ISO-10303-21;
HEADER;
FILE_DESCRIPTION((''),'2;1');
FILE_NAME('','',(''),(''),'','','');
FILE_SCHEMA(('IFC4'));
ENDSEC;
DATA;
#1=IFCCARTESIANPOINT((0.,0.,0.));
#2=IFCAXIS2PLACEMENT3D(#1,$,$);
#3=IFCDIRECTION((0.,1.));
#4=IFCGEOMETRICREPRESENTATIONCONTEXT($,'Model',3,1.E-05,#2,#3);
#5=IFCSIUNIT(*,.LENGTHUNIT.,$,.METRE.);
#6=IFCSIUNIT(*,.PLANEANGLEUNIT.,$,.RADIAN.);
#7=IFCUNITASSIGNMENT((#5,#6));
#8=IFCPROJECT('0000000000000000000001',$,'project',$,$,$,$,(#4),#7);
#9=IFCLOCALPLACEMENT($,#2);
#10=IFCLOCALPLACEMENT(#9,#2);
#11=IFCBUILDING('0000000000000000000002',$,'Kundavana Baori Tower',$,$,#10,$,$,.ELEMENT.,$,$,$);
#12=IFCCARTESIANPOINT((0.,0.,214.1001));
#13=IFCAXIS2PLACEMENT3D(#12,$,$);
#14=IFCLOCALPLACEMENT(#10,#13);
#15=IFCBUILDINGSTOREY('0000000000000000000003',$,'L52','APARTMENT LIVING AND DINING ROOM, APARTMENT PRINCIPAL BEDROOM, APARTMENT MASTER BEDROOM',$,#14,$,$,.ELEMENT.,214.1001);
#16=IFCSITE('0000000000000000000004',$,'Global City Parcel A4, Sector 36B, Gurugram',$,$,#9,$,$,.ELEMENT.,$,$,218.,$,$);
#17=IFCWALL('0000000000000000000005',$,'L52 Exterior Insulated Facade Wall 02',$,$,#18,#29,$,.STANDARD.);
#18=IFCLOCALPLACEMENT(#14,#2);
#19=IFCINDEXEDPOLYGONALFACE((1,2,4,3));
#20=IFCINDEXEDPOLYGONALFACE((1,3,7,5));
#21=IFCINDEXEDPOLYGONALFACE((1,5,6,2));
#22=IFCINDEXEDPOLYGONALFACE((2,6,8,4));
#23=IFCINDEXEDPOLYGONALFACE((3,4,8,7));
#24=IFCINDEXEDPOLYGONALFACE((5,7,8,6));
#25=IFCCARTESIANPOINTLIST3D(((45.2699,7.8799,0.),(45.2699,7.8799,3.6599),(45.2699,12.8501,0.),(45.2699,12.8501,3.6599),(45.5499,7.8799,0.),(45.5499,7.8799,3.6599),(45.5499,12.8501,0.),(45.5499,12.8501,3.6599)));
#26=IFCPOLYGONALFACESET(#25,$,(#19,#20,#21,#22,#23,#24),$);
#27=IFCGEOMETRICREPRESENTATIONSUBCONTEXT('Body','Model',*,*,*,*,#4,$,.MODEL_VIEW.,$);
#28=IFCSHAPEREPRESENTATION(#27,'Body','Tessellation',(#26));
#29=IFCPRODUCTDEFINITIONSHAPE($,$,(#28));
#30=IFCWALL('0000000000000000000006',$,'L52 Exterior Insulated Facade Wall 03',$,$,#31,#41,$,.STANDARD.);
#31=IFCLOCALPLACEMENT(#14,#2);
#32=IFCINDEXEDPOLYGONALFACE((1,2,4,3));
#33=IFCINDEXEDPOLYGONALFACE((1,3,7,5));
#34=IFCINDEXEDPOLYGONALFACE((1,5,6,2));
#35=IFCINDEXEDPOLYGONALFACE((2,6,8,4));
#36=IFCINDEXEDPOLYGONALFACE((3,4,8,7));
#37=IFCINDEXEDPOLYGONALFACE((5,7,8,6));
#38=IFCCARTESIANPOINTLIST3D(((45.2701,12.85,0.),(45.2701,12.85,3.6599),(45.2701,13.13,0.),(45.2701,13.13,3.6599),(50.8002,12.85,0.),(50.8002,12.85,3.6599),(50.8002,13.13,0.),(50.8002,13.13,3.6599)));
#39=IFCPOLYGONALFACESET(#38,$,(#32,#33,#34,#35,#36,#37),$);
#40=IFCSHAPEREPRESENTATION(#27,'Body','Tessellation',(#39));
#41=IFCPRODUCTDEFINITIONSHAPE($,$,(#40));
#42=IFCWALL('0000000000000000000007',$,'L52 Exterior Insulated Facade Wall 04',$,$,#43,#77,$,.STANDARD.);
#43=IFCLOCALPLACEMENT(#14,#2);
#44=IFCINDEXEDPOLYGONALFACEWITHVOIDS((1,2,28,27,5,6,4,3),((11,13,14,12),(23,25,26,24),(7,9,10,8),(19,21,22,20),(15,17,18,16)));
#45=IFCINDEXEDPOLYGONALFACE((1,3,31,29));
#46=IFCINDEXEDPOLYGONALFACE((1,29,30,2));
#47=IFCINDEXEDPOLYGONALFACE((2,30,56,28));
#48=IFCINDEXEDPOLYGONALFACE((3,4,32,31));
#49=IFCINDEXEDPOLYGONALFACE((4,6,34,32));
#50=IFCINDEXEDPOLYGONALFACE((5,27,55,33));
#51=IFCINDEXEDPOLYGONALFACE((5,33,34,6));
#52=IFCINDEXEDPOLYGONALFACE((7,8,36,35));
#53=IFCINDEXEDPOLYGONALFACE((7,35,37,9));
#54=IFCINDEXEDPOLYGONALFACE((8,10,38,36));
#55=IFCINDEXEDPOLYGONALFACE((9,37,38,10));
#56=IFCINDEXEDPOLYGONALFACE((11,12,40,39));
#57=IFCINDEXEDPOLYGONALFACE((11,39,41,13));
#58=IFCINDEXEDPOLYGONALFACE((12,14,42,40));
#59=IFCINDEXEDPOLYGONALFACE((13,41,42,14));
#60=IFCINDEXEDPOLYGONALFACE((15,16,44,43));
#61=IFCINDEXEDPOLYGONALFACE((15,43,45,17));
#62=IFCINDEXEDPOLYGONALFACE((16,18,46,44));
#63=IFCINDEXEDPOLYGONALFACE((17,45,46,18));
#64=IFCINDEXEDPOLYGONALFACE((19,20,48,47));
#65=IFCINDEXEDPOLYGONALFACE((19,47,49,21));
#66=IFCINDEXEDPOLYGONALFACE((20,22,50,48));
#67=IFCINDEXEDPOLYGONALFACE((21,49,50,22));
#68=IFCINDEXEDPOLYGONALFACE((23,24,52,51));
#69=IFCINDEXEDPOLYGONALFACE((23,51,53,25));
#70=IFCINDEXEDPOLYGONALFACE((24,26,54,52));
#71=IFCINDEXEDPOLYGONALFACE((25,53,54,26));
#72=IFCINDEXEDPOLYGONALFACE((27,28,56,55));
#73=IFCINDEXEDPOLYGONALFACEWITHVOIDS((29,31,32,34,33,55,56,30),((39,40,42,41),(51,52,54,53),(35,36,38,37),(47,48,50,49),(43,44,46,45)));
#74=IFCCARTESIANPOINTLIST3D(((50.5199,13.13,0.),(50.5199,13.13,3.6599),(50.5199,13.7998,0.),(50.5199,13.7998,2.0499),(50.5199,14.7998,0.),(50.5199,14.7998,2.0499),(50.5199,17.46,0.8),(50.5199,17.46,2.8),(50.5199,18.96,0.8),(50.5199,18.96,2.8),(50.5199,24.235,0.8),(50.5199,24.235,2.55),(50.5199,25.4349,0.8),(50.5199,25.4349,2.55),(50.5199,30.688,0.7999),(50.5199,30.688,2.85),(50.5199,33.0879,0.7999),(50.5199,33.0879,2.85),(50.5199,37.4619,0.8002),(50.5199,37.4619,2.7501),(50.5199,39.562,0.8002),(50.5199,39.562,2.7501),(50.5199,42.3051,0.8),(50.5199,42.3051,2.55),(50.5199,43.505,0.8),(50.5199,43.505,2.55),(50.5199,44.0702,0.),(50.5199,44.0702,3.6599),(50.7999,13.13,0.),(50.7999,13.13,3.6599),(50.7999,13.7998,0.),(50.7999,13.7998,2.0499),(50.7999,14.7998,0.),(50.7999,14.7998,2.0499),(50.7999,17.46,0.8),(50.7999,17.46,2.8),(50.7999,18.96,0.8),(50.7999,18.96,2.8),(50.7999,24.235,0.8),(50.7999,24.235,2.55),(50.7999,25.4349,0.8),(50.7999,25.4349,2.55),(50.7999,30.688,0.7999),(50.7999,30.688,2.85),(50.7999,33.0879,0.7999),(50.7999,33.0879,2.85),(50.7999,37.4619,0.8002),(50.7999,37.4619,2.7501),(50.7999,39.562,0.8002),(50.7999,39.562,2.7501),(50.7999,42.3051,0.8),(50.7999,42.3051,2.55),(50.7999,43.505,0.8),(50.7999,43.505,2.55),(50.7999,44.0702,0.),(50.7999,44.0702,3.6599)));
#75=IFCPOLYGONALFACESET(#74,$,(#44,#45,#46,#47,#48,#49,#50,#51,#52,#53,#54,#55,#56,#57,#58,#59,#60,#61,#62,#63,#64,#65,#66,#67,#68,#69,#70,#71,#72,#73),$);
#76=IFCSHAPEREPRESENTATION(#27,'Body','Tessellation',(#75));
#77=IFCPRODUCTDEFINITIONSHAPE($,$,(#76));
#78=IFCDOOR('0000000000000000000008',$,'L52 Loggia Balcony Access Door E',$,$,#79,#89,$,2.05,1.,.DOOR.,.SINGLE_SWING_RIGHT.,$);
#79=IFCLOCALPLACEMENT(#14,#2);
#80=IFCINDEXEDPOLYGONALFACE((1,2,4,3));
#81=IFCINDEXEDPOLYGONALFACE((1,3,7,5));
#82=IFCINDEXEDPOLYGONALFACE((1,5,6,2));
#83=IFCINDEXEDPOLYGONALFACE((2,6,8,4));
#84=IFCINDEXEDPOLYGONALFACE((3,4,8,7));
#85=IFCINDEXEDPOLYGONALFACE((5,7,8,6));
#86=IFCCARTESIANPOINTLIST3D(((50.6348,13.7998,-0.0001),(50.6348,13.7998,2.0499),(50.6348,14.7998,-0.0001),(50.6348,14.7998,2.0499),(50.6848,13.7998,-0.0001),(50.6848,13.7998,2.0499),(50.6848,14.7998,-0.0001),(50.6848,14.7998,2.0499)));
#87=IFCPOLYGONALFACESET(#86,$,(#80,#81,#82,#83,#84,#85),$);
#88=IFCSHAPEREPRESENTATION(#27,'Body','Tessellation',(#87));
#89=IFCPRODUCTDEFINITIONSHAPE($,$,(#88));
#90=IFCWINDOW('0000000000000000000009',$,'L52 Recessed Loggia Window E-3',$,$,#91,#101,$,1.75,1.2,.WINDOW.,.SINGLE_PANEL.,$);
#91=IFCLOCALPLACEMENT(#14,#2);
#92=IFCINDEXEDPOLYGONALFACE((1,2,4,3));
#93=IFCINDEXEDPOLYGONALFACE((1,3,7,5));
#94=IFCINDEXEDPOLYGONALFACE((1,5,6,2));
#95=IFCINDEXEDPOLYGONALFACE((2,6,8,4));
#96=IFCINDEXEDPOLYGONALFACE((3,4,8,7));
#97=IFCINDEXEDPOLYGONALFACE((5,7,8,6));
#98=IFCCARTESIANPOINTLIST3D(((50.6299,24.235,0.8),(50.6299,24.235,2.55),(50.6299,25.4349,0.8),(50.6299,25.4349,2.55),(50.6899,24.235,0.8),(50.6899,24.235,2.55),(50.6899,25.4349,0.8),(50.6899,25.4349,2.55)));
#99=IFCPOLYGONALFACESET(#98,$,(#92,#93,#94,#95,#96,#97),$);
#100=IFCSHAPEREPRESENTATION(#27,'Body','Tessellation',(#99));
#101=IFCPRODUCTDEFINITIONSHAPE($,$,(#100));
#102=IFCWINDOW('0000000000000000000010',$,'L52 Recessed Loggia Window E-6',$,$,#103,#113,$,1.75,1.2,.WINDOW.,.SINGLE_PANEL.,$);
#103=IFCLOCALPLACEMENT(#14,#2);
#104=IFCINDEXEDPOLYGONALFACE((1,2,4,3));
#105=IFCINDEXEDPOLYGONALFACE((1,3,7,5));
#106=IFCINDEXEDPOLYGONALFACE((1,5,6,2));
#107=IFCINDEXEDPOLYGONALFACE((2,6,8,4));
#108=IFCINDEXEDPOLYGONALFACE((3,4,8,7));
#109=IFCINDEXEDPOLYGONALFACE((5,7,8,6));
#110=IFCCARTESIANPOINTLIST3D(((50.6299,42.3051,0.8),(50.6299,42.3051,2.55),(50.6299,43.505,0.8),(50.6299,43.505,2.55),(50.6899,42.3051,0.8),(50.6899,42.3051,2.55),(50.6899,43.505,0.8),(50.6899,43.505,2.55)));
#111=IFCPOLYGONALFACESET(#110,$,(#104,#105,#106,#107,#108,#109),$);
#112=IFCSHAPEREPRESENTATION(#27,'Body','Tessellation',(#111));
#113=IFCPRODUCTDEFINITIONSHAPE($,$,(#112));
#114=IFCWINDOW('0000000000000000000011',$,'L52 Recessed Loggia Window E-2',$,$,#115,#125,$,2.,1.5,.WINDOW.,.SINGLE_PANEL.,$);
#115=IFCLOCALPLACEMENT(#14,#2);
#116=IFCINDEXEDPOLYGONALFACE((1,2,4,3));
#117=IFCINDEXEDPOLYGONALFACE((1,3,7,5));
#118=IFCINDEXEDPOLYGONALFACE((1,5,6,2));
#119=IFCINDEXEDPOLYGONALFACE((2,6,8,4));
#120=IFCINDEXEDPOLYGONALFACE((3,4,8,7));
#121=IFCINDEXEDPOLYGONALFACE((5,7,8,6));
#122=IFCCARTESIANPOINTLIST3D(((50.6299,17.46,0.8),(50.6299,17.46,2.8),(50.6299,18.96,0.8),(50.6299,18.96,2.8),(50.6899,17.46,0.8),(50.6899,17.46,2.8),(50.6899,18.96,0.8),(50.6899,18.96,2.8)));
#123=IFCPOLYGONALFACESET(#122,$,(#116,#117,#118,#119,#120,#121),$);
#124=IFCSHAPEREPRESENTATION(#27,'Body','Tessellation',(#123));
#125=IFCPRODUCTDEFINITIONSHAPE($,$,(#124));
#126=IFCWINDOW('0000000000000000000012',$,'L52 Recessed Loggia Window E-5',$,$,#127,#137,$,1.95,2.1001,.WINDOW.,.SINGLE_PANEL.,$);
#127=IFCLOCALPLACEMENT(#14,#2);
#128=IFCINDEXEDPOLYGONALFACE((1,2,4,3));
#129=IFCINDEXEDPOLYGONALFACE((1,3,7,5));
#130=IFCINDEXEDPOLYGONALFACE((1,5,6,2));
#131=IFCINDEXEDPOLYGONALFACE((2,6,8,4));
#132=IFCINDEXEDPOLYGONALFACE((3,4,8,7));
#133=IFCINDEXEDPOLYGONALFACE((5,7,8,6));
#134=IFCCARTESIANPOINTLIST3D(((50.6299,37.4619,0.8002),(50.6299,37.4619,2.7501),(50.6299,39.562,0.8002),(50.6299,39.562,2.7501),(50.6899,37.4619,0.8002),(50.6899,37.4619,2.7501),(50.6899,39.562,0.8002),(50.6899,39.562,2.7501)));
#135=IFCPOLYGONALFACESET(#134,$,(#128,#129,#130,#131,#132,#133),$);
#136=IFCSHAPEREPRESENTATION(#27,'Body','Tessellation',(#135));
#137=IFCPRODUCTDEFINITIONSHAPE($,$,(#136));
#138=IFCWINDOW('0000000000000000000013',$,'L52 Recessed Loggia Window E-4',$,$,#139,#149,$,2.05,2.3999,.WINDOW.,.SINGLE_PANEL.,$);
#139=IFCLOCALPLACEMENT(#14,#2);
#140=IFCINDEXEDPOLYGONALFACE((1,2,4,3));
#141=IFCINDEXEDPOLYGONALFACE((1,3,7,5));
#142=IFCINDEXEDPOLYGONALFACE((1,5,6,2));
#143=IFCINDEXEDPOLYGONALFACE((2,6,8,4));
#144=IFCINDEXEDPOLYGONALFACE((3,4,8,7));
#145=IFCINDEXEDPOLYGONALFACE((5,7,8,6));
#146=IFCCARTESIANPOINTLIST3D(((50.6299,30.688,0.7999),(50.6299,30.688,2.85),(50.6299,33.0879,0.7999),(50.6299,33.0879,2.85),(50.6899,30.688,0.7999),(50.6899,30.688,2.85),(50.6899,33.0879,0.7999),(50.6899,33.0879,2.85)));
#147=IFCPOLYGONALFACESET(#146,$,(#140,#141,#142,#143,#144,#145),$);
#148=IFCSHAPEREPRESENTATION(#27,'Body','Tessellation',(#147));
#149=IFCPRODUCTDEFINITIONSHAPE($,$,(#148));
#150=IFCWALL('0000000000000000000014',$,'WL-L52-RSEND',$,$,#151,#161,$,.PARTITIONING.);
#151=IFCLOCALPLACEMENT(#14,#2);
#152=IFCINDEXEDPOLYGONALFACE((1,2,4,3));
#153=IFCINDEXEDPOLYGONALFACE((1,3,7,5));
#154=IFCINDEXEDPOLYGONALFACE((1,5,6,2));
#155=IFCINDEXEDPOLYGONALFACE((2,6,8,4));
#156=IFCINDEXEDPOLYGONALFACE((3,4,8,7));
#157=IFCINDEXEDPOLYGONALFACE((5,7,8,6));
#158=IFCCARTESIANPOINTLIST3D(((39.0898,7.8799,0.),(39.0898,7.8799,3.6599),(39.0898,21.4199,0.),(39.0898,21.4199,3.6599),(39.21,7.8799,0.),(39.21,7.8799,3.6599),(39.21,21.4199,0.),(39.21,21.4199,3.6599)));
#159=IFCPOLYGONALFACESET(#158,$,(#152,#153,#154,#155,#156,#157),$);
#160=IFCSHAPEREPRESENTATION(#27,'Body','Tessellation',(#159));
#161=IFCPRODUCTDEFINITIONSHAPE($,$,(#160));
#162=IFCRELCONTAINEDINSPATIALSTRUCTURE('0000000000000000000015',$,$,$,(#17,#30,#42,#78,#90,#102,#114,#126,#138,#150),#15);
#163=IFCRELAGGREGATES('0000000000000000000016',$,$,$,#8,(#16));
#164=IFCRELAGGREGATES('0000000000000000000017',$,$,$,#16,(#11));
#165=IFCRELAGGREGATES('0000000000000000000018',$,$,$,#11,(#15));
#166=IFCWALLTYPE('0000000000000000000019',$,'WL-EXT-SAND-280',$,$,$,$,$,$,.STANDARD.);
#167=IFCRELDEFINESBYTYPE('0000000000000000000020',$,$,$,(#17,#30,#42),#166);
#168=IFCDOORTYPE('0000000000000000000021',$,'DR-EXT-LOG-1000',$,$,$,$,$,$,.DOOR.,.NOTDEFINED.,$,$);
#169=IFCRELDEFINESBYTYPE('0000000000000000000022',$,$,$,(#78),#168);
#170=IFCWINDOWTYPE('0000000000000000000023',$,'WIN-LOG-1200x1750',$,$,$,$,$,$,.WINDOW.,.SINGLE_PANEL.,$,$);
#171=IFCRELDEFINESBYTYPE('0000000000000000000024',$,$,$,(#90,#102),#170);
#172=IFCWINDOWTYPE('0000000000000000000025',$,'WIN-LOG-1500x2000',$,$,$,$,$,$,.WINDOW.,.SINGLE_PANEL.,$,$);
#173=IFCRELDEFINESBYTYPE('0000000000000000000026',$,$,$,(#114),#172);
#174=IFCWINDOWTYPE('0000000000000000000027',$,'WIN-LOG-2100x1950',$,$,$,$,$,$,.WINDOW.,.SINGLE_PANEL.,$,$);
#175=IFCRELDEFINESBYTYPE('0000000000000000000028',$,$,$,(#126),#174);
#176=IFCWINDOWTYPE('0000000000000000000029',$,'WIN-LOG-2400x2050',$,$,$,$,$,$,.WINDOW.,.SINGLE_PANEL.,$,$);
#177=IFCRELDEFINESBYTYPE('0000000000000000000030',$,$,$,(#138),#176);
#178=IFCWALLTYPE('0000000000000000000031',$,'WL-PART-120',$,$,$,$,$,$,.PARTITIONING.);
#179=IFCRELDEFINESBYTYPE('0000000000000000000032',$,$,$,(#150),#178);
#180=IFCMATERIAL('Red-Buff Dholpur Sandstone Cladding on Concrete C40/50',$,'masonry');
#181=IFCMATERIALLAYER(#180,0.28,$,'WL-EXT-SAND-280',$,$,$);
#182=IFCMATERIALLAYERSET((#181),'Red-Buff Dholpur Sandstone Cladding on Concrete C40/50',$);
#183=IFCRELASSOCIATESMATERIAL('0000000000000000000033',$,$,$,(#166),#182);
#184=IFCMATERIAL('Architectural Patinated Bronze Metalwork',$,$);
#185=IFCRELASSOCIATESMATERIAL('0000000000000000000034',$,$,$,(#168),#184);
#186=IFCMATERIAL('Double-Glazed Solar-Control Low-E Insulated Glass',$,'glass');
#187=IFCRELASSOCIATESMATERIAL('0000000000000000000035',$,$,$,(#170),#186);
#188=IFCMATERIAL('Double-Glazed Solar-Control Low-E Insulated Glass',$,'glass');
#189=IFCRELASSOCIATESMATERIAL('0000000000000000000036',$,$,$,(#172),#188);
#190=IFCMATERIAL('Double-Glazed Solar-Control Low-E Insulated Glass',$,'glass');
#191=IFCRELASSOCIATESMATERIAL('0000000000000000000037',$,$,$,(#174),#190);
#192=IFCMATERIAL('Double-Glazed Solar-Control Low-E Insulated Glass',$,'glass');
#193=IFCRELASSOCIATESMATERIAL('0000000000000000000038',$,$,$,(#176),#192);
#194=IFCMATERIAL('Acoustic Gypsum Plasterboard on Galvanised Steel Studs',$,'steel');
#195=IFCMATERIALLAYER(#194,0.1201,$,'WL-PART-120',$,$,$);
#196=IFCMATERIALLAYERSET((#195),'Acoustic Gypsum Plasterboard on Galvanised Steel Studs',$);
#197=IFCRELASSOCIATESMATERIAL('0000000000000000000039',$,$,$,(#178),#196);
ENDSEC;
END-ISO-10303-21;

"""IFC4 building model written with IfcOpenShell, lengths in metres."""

from ifc_helpers import new_model, si_unit, direction, frame, frame_2d, origin, place, context, subcontext, project, spatial, rectangle, extrude, material, layer, layer_set, type_object, element, fill, save


model = new_model("IFC4")

# Units and contexts
model_context = context("Model", 3, precision=1e-05, world=origin(), true_north=direction((0.0, 1.0)))
body_context = subcontext(model_context, "Body", "Model", "MODEL_VIEW")
ifc_project = project(units=[si_unit("LENGTHUNIT", "METRE"), si_unit("PLANEANGLEUNIT", "RADIAN")], contexts=[model_context])

# Site, building, storey
site_placement = place(None, origin())
site = spatial("IfcSite", under=ifc_project, at=site_placement, Name="Global City Parcel A4, Sector 36B, Gurugram", CompositionType="ELEMENT", RefElevation=218.0)
building_placement = place(site_placement, origin())
building = spatial("IfcBuilding", under=site, at=building_placement, Name="Kundavana Baori Tower", CompositionType="ELEMENT")
storey_placement = place(building_placement, frame((0.0, 0.0, 214.1001)))
storey = spatial("IfcBuildingStorey", under=building, at=storey_placement, Name="L52", Description="APARTMENT LIVING AND DINING ROOM, APARTMENT PRINCIPAL BEDROOM, APARTMENT MASTER BEDROOM", CompositionType="ELEMENT", Elevation=214.1001)

# Walls
ifc_material_1 = material(Name="Red-Buff Dholpur Sandstone Cladding on Concrete C40/50", Category="masonry")
ifc_layer_1 = layer(ifc_material_1, 0.28, Name="WL-EXT-SAND-280")
ifc_layer_set_1 = layer_set([ifc_layer_1], Name="Red-Buff Dholpur Sandstone Cladding on Concrete C40/50")
wall_type_1 = type_object("IfcWallType", Name="WL-EXT-SAND-280", PredefinedType="STANDARD", material=ifc_layer_set_1)
wall_1_placement = place(storey_placement, frame((45.4099, 7.8799, 0.0), z_axis=(0.0, 0.0, 1.0), x_axis=(0.0, 1.0, 0.0)))
element("IfcWall", 1, at=wall_1_placement, inside=storey, type_object=wall_type_1, Name="L52 Exterior Insulated Facade Wall 02", PredefinedType="STANDARD", context=body_context, shape_type="SweptSolid", body=[
    extrude(rectangle(XDim=4.9702, YDim=0.28, at=frame_2d((2.4851, 0.0))), origin(), (0.0, 0.0, 1.0), 3.6599),
])
wall_2_placement = place(storey_placement, frame((45.27, 12.99, 0.0), z_axis=(0.0, 0.0, 1.0), x_axis=(1.0, 0.0, 0.0)))
element("IfcWall", 2, at=wall_2_placement, inside=storey, type_object=wall_type_1, Name="L52 Exterior Insulated Facade Wall 03", PredefinedType="STANDARD", context=body_context, shape_type="SweptSolid", body=[
    extrude(rectangle(XDim=5.53, YDim=0.28, at=frame_2d((2.7651, 0.0))), origin(), (0.0, 0.0, 1.0), 3.6599),
])

# Wall, openings, door, windows
wall_3_placement = place(storey_placement, frame((50.6599, 13.1299, 0.0), z_axis=(0.0, 0.0, 1.0), x_axis=(0.0, 1.0, 0.0)))
wall_3 = element("IfcWall", 3, at=wall_3_placement, inside=storey, type_object=wall_type_1, Name="L52 Exterior Insulated Facade Wall 04", PredefinedType="STANDARD", context=body_context, shape_type="SweptSolid", body=[
    extrude(rectangle(XDim=30.9402, YDim=0.28, at=frame_2d((15.4702, 0.0))), origin(), (0.0, 0.0, 1.0), 3.6599),
])
opening_1_placement = place(wall_3_placement, frame((0.6699, 0.0, 0.0)))
opening_1 = element("IfcOpeningElement", 4, at=opening_1_placement, cuts=wall_3, PredefinedType="OPENING", context=body_context, shape_type="SweptSolid", body=[
    extrude(rectangle(XDim=1.0, YDim=2.05, at=frame_2d((0.5, 1.0249))), frame((0.0, 0.1499, 0.0), z_axis=(0.0, -1.0, 0.0), x_axis=(1.0, 0.0, 0.0)), (0.0, 0.0, 1.0), 0.3),
])
opening_2_placement = place(wall_3_placement, frame((4.3301, 0.0, 0.8)))
opening_2 = element("IfcOpeningElement", 5, at=opening_2_placement, cuts=wall_3, PredefinedType="OPENING", context=body_context, shape_type="SweptSolid", body=[
    extrude(rectangle(XDim=1.5, YDim=2.0, at=frame_2d((0.75, 1.0))), frame((0.0, 0.1499, 0.0), z_axis=(0.0, -1.0, 0.0), x_axis=(1.0, 0.0, 0.0)), (0.0, 0.0, 1.0), 0.3),
])
opening_3_placement = place(wall_3_placement, frame((11.105, 0.0, 0.8)))
opening_3 = element("IfcOpeningElement", 6, at=opening_3_placement, cuts=wall_3, PredefinedType="OPENING", context=body_context, shape_type="SweptSolid", body=[
    extrude(rectangle(XDim=1.2, YDim=1.75, at=frame_2d((0.6001, 0.875))), frame((0.0, 0.1499, 0.0), z_axis=(0.0, -1.0, 0.0), x_axis=(1.0, 0.0, 0.0)), (0.0, 0.0, 1.0), 0.3),
])
opening_4_placement = place(wall_3_placement, frame((17.5581, 0.0, 0.8)))
opening_4 = element("IfcOpeningElement", 7, at=opening_4_placement, cuts=wall_3, PredefinedType="OPENING", context=body_context, shape_type="SweptSolid", body=[
    extrude(rectangle(XDim=2.3999, YDim=2.05, at=frame_2d((1.2, 1.0249))), frame((0.0, 0.1499, 0.0), z_axis=(0.0, -1.0, 0.0), x_axis=(1.0, 0.0, 0.0)), (0.0, 0.0, 1.0), 0.3),
])
opening_5_placement = place(wall_3_placement, frame((24.332, 0.0, 0.8)))
opening_5 = element("IfcOpeningElement", 8, at=opening_5_placement, cuts=wall_3, PredefinedType="OPENING", context=body_context, shape_type="SweptSolid", body=[
    extrude(rectangle(XDim=2.1001, YDim=1.95, at=frame_2d((1.05, 0.9751))), frame((0.0, 0.1499, 0.0), z_axis=(0.0, -1.0, 0.0), x_axis=(1.0, 0.0, 0.0)), (0.0, 0.0, 1.0), 0.3),
])
opening_6_placement = place(wall_3_placement, frame((29.175, 0.0, 0.8)))
opening_6 = element("IfcOpeningElement", 9, at=opening_6_placement, cuts=wall_3, PredefinedType="OPENING", context=body_context, shape_type="SweptSolid", body=[
    extrude(rectangle(XDim=1.2, YDim=1.75, at=frame_2d((0.6001, 0.875))), frame((0.0, 0.1499, 0.0), z_axis=(0.0, -1.0, 0.0), x_axis=(1.0, 0.0, 0.0)), (0.0, 0.0, 1.0), 0.3),
])
ifc_material_2 = material(Name="Architectural Patinated Bronze Metalwork")
door_type_1 = type_object("IfcDoorType", Name="DR-EXT-LOG-1000", OperationType="NOTDEFINED", PredefinedType="DOOR", material=ifc_material_2)
door_1_placement = place(opening_1_placement, frame((1.0, 0.0, 0.0), z_axis=(0.0, 0.0, 1.0), x_axis=(-1.0, 0.0, 0.0)))
door_1 = element("IfcDoor", 10, at=door_1_placement, inside=storey, type_object=door_type_1, Name="L52 Loggia Balcony Access Door E", OperationType="SINGLE_SWING_RIGHT", OverallHeight=2.05, OverallWidth=1.0, PredefinedType="DOOR", context=body_context, shape_type="SweptSolid", body=[
    extrude(rectangle(XDim=1.0, YDim=2.05, at=frame_2d((0.5, 1.0249))), frame((0.0, 0.0249, 0.0), z_axis=(0.0, -1.0, 0.0), x_axis=(1.0, 0.0, 0.0)), (0.0, 0.0, 1.0), 0.05),
])
fill(opening_1, door_1)
ifc_material_3 = material(Name="Double-Glazed Solar-Control Low-E Insulated Glass", Category="glass")
window_type_1 = type_object("IfcWindowType", Name="WIN-LOG-1200x1750", PartitioningType="SINGLE_PANEL", PredefinedType="WINDOW", material=ifc_material_3)
window_1_placement = place(opening_3_placement, origin())
window_1 = element("IfcWindow", 11, at=window_1_placement, inside=storey, type_object=window_type_1, Name="L52 Recessed Loggia Window E-3", OverallHeight=1.75, OverallWidth=1.2, PartitioningType="SINGLE_PANEL", PredefinedType="WINDOW", context=body_context, shape_type="SweptSolid", body=[
    extrude(rectangle(XDim=1.2, YDim=1.75, at=frame_2d((0.6001, 0.875))), frame((0.0, 0.03, 0.0), z_axis=(0.0, -1.0, 0.0), x_axis=(1.0, 0.0, 0.0)), (0.0, 0.0, 1.0), 0.0601),
])
fill(opening_3, window_1)
window_2_placement = place(opening_6_placement, origin())
window_2 = element("IfcWindow", 12, at=window_2_placement, inside=storey, type_object=window_type_1, Name="L52 Recessed Loggia Window E-6", OverallHeight=1.75, OverallWidth=1.2, PartitioningType="SINGLE_PANEL", PredefinedType="WINDOW", context=body_context, shape_type="SweptSolid", body=[
    extrude(rectangle(XDim=1.2, YDim=1.75, at=frame_2d((0.6001, 0.875))), frame((0.0, 0.03, 0.0), z_axis=(0.0, -1.0, 0.0), x_axis=(1.0, 0.0, 0.0)), (0.0, 0.0, 1.0), 0.0601),
])
fill(opening_6, window_2)
ifc_material_4 = material(Name="Double-Glazed Solar-Control Low-E Insulated Glass", Category="glass")
window_type_2 = type_object("IfcWindowType", Name="WIN-LOG-1500x2000", PartitioningType="SINGLE_PANEL", PredefinedType="WINDOW", material=ifc_material_4)
window_3_placement = place(opening_2_placement, origin())
window_3 = element("IfcWindow", 13, at=window_3_placement, inside=storey, type_object=window_type_2, Name="L52 Recessed Loggia Window E-2", OverallHeight=2.0, OverallWidth=1.5, PartitioningType="SINGLE_PANEL", PredefinedType="WINDOW", context=body_context, shape_type="SweptSolid", body=[
    extrude(rectangle(XDim=1.5, YDim=2.0, at=frame_2d((0.75, 1.0))), frame((0.0, 0.03, 0.0), z_axis=(0.0, -1.0, 0.0), x_axis=(1.0, 0.0, 0.0)), (0.0, 0.0, 1.0), 0.0601),
])
fill(opening_2, window_3)
ifc_material_5 = material(Name="Double-Glazed Solar-Control Low-E Insulated Glass", Category="glass")
window_type_3 = type_object("IfcWindowType", Name="WIN-LOG-2100x1950", PartitioningType="SINGLE_PANEL", PredefinedType="WINDOW", material=ifc_material_5)
window_4_placement = place(opening_5_placement, origin())
window_4 = element("IfcWindow", 14, at=window_4_placement, inside=storey, type_object=window_type_3, Name="L52 Recessed Loggia Window E-5", OverallHeight=1.95, OverallWidth=2.1001, PartitioningType="SINGLE_PANEL", PredefinedType="WINDOW", context=body_context, shape_type="SweptSolid", body=[
    extrude(rectangle(XDim=2.1001, YDim=1.95, at=frame_2d((1.05, 0.9751))), frame((0.0, 0.03, 0.0), z_axis=(0.0, -1.0, 0.0), x_axis=(1.0, 0.0, 0.0)), (0.0, 0.0, 1.0), 0.0601),
])
fill(opening_5, window_4)
ifc_material_6 = material(Name="Double-Glazed Solar-Control Low-E Insulated Glass", Category="glass")
window_type_4 = type_object("IfcWindowType", Name="WIN-LOG-2400x2050", PartitioningType="SINGLE_PANEL", PredefinedType="WINDOW", material=ifc_material_6)
window_5_placement = place(opening_4_placement, origin())
window_5 = element("IfcWindow", 15, at=window_5_placement, inside=storey, type_object=window_type_4, Name="L52 Recessed Loggia Window E-4", OverallHeight=2.05, OverallWidth=2.3999, PartitioningType="SINGLE_PANEL", PredefinedType="WINDOW", context=body_context, shape_type="SweptSolid", body=[
    extrude(rectangle(XDim=2.3999, YDim=2.05, at=frame_2d((1.2, 1.0249))), frame((0.0, 0.03, 0.0), z_axis=(0.0, -1.0, 0.0), x_axis=(1.0, 0.0, 0.0)), (0.0, 0.0, 1.0), 0.0601),
])
fill(opening_4, window_5)

# Wall
ifc_material_7 = material(Name="Acoustic Gypsum Plasterboard on Galvanised Steel Studs", Category="steel")
ifc_layer_2 = layer(ifc_material_7, 0.1201, Name="WL-PART-120")
ifc_layer_set_2 = layer_set([ifc_layer_2], Name="Acoustic Gypsum Plasterboard on Galvanised Steel Studs")
wall_type_2 = type_object("IfcWallType", Name="WL-PART-120", PredefinedType="PARTITIONING", material=ifc_layer_set_2)
wall_4_placement = place(storey_placement, frame((39.1499, 7.8799, 0.0), z_axis=(0.0, 0.0, 1.0), x_axis=(0.0, 1.0, 0.0)))
element("IfcWall", 16, at=wall_4_placement, inside=storey, type_object=wall_type_2, Name="WL-L52-RSEND", PredefinedType="PARTITIONING", context=body_context, shape_type="SweptSolid", body=[
    extrude(rectangle(XDim=13.54, YDim=0.1201, at=frame_2d((6.77, 0.0))), origin(), (0.0, 0.0, 1.0), 3.6599),
])

save(model, "model.ifc")
